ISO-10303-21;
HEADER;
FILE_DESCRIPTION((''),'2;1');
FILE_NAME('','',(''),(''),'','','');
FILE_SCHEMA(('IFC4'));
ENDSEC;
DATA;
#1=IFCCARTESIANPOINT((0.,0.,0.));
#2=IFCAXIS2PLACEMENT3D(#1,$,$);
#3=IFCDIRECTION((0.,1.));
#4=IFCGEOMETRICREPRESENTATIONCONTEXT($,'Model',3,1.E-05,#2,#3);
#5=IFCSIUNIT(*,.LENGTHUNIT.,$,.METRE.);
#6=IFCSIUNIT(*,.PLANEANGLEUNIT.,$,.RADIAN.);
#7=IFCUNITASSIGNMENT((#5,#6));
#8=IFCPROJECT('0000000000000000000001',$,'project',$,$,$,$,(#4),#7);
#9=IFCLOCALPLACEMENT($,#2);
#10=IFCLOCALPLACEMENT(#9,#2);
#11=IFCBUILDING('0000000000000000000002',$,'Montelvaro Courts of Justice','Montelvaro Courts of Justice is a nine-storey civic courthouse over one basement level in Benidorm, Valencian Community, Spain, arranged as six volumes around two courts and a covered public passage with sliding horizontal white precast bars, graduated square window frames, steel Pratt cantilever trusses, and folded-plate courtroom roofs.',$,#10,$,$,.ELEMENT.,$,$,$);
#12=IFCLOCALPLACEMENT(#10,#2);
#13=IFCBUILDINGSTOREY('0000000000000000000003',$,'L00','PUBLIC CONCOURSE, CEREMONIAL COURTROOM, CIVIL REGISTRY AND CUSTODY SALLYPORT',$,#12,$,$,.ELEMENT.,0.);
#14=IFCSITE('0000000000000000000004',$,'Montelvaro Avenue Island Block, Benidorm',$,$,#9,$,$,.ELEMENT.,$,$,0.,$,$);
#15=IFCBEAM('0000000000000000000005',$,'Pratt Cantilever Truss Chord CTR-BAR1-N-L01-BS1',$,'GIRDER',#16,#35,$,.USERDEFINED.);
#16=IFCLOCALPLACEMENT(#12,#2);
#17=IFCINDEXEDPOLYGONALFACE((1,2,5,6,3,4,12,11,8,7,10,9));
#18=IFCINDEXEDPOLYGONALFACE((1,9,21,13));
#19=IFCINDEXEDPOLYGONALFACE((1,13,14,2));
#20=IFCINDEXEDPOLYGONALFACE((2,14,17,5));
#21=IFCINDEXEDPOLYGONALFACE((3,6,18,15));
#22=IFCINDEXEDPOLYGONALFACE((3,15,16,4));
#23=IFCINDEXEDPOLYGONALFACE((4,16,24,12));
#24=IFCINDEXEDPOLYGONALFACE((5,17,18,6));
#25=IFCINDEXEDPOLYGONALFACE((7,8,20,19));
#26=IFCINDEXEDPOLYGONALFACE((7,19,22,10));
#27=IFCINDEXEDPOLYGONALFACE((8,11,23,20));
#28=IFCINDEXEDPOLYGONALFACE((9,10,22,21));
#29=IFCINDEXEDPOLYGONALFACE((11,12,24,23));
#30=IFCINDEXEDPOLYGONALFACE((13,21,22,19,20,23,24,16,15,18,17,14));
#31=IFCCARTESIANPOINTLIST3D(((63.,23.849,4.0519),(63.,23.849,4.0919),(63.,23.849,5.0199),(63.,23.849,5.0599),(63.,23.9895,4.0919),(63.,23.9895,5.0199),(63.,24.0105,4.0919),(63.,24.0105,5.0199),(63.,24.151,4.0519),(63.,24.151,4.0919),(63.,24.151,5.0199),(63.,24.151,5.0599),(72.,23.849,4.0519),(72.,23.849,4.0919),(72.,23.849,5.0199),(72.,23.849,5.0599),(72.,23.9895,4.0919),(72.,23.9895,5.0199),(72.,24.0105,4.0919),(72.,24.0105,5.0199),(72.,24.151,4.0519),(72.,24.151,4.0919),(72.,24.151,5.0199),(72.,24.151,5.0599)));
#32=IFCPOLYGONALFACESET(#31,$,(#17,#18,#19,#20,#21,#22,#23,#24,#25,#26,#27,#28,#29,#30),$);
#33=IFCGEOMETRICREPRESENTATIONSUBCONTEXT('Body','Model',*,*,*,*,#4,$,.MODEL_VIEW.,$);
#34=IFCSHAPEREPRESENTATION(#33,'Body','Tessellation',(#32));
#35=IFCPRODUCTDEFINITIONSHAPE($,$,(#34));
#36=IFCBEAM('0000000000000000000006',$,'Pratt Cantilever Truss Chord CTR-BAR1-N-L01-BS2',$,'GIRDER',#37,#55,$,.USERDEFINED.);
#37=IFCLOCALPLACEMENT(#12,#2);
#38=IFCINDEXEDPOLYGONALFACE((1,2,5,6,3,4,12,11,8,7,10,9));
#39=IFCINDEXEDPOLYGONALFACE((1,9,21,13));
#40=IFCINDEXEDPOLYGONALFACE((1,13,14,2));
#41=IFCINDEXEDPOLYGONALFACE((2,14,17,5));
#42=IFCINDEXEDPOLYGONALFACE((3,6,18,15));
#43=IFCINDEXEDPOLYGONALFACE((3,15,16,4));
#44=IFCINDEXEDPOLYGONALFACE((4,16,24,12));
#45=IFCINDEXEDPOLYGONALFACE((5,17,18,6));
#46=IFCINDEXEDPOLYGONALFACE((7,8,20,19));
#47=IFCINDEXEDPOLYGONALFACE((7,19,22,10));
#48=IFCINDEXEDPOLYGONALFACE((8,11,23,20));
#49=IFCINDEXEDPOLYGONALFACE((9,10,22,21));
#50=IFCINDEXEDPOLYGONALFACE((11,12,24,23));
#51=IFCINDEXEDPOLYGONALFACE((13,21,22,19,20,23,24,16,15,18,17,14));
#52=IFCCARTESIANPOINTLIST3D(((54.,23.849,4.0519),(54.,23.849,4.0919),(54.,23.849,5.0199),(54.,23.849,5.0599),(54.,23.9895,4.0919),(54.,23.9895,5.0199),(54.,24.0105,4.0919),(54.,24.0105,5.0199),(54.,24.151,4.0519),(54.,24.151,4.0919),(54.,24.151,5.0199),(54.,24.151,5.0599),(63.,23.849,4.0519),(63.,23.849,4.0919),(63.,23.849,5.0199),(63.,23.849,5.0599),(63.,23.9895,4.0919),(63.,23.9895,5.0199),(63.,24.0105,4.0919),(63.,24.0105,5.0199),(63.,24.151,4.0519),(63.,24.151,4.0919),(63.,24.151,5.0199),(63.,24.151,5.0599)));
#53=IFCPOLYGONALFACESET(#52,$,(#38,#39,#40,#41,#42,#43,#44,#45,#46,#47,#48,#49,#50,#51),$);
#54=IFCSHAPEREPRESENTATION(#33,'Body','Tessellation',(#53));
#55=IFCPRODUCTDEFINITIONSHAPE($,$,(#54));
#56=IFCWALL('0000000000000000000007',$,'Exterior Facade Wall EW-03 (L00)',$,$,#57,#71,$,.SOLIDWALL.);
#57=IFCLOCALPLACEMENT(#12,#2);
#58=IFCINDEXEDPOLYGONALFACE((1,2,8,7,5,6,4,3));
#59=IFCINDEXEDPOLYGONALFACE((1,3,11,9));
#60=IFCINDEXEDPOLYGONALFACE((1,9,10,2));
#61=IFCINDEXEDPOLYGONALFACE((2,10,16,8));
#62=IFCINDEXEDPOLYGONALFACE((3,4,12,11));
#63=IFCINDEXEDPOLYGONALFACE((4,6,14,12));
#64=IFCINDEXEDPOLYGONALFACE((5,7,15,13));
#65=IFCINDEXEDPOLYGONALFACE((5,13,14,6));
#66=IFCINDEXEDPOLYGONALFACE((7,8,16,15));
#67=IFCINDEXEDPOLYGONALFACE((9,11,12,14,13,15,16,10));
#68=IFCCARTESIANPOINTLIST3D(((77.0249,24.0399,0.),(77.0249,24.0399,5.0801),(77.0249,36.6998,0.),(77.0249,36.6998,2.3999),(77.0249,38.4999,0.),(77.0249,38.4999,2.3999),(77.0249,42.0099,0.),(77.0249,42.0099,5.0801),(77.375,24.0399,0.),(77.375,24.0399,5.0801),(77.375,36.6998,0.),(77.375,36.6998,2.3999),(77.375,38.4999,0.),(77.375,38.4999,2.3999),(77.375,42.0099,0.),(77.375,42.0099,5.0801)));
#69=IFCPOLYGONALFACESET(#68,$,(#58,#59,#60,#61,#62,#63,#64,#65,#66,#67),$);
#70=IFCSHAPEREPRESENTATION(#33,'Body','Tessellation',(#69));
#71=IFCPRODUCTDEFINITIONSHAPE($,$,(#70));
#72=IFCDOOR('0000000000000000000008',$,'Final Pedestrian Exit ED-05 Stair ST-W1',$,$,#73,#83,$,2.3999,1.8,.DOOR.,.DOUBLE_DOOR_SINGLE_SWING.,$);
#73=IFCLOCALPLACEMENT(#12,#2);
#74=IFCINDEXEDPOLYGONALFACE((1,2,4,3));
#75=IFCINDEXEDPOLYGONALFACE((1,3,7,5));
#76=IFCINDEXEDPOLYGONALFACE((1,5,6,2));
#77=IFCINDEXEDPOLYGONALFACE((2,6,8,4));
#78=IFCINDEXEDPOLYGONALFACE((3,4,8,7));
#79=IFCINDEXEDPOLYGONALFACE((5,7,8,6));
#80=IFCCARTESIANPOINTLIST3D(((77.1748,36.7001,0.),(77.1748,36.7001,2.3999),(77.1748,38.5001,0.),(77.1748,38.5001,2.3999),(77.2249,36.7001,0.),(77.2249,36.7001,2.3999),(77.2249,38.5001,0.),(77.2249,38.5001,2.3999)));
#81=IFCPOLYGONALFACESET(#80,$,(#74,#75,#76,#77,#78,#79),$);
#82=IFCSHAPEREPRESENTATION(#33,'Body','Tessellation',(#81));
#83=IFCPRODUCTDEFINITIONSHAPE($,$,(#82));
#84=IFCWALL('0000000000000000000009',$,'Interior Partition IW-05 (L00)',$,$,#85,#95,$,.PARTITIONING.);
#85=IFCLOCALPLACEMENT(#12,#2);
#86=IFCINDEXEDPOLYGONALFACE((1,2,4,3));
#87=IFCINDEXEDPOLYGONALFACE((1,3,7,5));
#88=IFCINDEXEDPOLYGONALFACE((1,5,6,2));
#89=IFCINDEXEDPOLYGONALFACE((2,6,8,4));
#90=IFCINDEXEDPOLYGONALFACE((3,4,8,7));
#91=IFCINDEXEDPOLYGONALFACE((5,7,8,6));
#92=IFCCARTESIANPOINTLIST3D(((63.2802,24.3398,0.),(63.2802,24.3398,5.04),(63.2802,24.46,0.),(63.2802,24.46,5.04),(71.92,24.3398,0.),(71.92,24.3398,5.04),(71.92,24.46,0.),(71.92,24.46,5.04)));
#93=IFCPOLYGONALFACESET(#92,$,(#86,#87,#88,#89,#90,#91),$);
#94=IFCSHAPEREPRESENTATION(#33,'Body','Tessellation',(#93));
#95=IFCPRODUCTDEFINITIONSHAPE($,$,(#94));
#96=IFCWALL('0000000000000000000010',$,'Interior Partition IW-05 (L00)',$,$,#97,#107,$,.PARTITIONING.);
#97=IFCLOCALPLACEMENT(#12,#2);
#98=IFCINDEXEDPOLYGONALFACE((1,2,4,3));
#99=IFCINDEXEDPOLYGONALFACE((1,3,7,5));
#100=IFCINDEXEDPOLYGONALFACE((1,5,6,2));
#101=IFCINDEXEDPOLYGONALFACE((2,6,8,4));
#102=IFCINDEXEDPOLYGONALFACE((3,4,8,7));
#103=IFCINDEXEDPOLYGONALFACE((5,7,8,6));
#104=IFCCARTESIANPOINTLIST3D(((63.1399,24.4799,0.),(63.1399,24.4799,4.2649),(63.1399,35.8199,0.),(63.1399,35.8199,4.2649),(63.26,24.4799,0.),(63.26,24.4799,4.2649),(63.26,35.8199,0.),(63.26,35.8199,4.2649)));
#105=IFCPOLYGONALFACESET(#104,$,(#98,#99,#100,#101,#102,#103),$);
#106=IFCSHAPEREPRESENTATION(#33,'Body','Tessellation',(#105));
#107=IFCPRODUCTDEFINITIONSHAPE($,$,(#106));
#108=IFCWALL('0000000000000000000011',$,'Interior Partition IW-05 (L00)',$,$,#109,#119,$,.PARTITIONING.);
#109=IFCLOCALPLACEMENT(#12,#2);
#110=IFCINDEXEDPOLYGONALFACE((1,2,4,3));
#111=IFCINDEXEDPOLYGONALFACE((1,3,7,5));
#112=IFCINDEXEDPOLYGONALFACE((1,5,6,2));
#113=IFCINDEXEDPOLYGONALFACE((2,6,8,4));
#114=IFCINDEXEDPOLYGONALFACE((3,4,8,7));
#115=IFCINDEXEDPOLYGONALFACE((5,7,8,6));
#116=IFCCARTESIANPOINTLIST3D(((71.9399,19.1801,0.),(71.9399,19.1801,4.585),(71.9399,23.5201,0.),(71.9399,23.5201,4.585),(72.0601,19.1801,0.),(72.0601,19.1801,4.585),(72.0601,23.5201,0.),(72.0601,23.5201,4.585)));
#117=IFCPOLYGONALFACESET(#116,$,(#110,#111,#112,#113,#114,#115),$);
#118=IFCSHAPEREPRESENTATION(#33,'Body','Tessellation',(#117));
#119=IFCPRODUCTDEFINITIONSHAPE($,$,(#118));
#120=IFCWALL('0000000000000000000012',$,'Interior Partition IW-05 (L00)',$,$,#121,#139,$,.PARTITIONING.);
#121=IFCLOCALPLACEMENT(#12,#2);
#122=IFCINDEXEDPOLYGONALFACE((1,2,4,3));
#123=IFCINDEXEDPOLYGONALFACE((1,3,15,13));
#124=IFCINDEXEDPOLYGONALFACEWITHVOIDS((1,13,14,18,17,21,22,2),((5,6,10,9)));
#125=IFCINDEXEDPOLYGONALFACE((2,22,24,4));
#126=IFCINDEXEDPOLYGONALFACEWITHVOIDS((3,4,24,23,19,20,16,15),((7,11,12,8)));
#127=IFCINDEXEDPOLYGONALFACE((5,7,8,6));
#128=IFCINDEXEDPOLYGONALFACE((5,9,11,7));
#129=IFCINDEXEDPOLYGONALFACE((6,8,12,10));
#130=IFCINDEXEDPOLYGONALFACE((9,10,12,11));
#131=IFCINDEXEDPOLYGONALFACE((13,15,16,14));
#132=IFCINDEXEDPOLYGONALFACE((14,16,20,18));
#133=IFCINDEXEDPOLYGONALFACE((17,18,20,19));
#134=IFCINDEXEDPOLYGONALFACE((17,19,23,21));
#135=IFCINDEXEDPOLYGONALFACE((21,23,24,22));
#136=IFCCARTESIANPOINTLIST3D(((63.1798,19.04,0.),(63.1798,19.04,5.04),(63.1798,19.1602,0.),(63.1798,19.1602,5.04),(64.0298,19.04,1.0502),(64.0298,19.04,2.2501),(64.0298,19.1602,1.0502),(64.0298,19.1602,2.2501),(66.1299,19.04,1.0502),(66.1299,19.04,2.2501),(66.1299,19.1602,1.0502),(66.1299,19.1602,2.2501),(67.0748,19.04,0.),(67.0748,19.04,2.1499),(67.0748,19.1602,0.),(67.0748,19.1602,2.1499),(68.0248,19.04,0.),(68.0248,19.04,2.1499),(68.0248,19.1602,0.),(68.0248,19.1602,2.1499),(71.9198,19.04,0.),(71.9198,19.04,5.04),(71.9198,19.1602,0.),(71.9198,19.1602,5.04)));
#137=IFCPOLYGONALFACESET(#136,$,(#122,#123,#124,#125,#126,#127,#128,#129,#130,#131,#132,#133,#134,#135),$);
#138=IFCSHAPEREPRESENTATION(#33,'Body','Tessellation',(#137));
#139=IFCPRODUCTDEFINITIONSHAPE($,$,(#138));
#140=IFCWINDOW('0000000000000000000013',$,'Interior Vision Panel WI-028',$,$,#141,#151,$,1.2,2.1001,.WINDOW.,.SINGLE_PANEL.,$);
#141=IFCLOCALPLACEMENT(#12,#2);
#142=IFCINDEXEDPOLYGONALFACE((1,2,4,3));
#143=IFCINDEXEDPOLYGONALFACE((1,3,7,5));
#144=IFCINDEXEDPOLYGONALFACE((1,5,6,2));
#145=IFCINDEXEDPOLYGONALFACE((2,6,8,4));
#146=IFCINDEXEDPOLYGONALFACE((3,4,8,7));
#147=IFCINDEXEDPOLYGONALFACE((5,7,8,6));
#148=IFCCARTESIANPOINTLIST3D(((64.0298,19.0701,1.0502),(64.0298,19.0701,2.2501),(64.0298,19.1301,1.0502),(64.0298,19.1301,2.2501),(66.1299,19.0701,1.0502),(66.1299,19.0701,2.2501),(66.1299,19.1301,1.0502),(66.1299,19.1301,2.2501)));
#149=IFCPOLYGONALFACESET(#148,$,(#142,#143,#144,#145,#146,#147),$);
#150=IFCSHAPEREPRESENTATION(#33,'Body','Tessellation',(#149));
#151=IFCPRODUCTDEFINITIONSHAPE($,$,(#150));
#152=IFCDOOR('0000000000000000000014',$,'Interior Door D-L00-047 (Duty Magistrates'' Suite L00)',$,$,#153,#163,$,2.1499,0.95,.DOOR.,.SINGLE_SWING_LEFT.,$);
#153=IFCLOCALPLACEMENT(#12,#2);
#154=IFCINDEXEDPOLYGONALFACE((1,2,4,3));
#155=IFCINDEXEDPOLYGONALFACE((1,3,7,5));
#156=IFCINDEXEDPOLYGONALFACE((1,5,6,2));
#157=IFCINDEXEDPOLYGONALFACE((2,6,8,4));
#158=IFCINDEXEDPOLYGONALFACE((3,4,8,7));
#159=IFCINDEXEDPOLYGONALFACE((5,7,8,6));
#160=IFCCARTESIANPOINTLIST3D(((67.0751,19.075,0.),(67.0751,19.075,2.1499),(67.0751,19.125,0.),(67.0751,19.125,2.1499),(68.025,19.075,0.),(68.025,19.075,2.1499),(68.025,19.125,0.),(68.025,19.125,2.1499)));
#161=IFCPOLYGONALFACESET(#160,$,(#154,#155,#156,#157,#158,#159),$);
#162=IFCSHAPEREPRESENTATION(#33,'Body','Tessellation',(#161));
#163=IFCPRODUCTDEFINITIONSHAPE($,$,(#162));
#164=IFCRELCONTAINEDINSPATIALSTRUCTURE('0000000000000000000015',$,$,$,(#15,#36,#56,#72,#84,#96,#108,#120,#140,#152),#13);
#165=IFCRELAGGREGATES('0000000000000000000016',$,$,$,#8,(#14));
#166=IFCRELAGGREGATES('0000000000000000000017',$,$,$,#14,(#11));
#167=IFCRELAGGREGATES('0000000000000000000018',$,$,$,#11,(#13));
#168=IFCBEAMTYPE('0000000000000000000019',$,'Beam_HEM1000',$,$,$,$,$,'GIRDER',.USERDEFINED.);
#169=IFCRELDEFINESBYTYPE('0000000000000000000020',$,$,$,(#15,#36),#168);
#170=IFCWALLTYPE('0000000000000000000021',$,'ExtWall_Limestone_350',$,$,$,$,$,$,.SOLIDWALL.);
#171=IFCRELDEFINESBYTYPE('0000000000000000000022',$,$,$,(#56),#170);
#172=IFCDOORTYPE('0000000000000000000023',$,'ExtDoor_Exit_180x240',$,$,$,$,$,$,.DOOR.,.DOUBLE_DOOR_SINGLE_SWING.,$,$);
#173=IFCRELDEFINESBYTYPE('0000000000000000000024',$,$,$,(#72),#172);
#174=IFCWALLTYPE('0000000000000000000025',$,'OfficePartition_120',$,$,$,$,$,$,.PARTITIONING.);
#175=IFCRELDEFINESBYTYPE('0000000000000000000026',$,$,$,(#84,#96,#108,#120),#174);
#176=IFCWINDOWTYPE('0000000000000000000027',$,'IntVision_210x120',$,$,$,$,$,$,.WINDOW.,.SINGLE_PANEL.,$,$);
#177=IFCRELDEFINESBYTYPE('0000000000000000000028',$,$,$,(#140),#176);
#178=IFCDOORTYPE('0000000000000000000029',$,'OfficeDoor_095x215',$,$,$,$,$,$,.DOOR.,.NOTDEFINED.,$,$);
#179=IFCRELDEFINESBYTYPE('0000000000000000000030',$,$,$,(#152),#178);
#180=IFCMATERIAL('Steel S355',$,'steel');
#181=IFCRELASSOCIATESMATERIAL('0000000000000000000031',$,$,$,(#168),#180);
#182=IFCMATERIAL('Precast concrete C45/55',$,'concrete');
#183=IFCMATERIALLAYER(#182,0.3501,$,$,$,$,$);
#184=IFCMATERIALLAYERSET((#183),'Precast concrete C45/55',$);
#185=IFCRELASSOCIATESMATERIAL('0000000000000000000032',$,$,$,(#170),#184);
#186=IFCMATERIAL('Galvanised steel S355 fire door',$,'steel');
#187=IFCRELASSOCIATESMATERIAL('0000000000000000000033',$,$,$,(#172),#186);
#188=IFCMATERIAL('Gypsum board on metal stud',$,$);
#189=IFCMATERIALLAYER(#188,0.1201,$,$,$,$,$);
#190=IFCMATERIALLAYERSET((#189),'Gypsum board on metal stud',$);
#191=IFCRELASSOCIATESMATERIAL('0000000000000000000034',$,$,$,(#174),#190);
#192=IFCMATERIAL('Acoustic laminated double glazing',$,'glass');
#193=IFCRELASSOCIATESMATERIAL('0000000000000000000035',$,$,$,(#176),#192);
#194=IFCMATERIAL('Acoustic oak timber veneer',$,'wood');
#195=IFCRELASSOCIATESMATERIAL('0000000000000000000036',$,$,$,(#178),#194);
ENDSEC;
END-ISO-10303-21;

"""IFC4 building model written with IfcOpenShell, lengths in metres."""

from ifc_helpers import new_model, si_unit, direction, frame, frame_2d, origin, origin_2d, place, context, subcontext, project, spatial, rectangle, i_section, extrude, material, layer, layer_set, material_profile, profile_set, type_object, element, fill, save


model = new_model("IFC4")

# Units and contexts
model_context = context("Model", 3, precision=1e-05, world=origin(), true_north=direction((0.0, 1.0)))
body_context = subcontext(model_context, "Body", "Model", "MODEL_VIEW")
ifc_project = project(units=[si_unit("LENGTHUNIT", "METRE"), si_unit("PLANEANGLEUNIT", "RADIAN")], contexts=[model_context])

# Site, building, storey
site_placement = place(None, origin())
site = spatial("IfcSite", under=ifc_project, at=site_placement, Name="Montelvaro Avenue Island Block, Benidorm", CompositionType="ELEMENT", RefElevation=0.0)
building_placement = place(site_placement, origin())
building = spatial("IfcBuilding", under=site, at=building_placement, Name="Montelvaro Courts of Justice", Description="Montelvaro Courts of Justice is a nine-storey civic courthouse over one basement level in Benidorm, Valencian Community, Spain, arranged as six volumes around two courts and a covered public passage with sliding horizontal white precast bars, graduated square window frames, steel Pratt cantilever trusses, and folded-plate courtroom roofs.", CompositionType="ELEMENT")
storey_placement = place(building_placement, origin())
storey = spatial("IfcBuildingStorey", under=building, at=storey_placement, Name="L00", Description="PUBLIC CONCOURSE, CEREMONIAL COURTROOM, CIVIL REGISTRY AND CUSTODY SALLYPORT", CompositionType="ELEMENT", Elevation=0.0)

# Shared definitions
ifc_material_1 = material(Name="Steel S355", Category="steel")

# Beams
ifc_material_profile_1 = material_profile(ifc_material_1, i_section(OverallWidth=0.302, OverallDepth=1.0081, WebThickness=0.021, FlangeThickness=0.04, at=origin_2d()), Name="HEM 1000")
ifc_profile_set_1 = profile_set([ifc_material_profile_1], Name="Steel S355")
beam_type_1 = type_object("IfcBeamType", Name="Beam_HEM1000", ElementType="GIRDER", PredefinedType="USERDEFINED", material=ifc_profile_set_1)
for number, where, z_axis, x_axis, name in (
    (1, (72.0, 24.0, 4.5559), (-1.0, 0.0, 0.0), (0.0, -1.0, 0.0), "Pratt Cantilever Truss Chord CTR-BAR1-N-L01-BS1"),
    (2, (63.0, 24.0, 4.5559), (-1.0, 0.0, 0.0), (0.0, -1.0, 0.0), "Pratt Cantilever Truss Chord CTR-BAR1-N-L01-BS2"),
):
    element("IfcBeam", number, at=place(storey_placement, frame(where, z_axis=z_axis, x_axis=x_axis)), inside=storey, type_object=beam_type_1, Name=name, ObjectType="GIRDER", PredefinedType="USERDEFINED", context=body_context, shape_type="SweptSolid", body=[
        extrude(i_section(OverallWidth=0.302, OverallDepth=1.0081, WebThickness=0.021, FlangeThickness=0.04, at=origin_2d()), origin(), (0.0, 0.0, 1.0), 9.0),
    ])

# Wall, opening, door
ifc_material_2 = material(Name="Precast concrete C45/55", Category="concrete")
ifc_layer_1 = layer(ifc_material_2, 0.3501)
ifc_layer_set_1 = layer_set([ifc_layer_1], Name="Precast concrete C45/55")
wall_type_1 = type_object("IfcWallType", Name="ExtWall_Limestone_350", PredefinedType="SOLIDWALL", material=ifc_layer_set_1)
wall_1_placement = place(storey_placement, frame((77.2, 24.04, 0.0), z_axis=(0.0, 0.0, 1.0), x_axis=(0.0, 1.0, 0.0)))
wall_1 = element("IfcWall", 3, at=wall_1_placement, inside=storey, type_object=wall_type_1, Name="Exterior Facade Wall EW-03 (L00)", PredefinedType="SOLIDWALL", context=body_context, shape_type="SweptSolid", body=[
    extrude(rectangle(XDim=17.97, YDim=0.3501, at=frame_2d((8.9849, 0.0))), origin(), (0.0, 0.0, 1.0), 5.0801),
])
opening_1_placement = place(wall_1_placement, frame((12.6599, 0.0, 0.0)))
opening_1 = element("IfcOpeningElement", 4, at=opening_1_placement, cuts=wall_1, PredefinedType="OPENING", context=body_context, shape_type="SweptSolid", body=[
    extrude(rectangle(XDim=1.8, YDim=2.3999, at=frame_2d((0.8999, 1.2))), frame((0.0, 0.1899, 0.0), z_axis=(0.0, -1.0, 0.0), x_axis=(1.0, 0.0, 0.0)), (0.0, 0.0, 1.0), 0.3799),
])
ifc_material_3 = material(Name="Galvanised steel S355 fire door", Category="steel")
door_type_1 = type_object("IfcDoorType", Name="ExtDoor_Exit_180x240", OperationType="DOUBLE_DOOR_SINGLE_SWING", PredefinedType="DOOR", material=ifc_material_3)
door_1_placement = place(opening_1_placement, frame((1.8, 0.0, 0.0), z_axis=(0.0, 0.0, 1.0), x_axis=(-1.0, 0.0, 0.0)))
door_1 = element("IfcDoor", 5, at=door_1_placement, inside=storey, type_object=door_type_1, Name="Final Pedestrian Exit ED-05 Stair ST-W1", OperationType="DOUBLE_DOOR_SINGLE_SWING", OverallHeight=2.3999, OverallWidth=1.8, PredefinedType="DOOR", context=body_context, shape_type="SweptSolid", body=[
    extrude(rectangle(XDim=1.8, YDim=2.3999, at=frame_2d((0.8999, 1.2))), frame((0.0, 0.0249, 0.0), z_axis=(0.0, -1.0, 0.0), x_axis=(1.0, 0.0, 0.0)), (0.0, 0.0, 1.0), 0.05),
])
fill(opening_1, door_1)

# Walls
ifc_material_4 = material(Name="Gypsum board on metal stud")
ifc_layer_2 = layer(ifc_material_4, 0.1201)
ifc_layer_set_2 = layer_set([ifc_layer_2], Name="Gypsum board on metal stud")
wall_type_2 = type_object("IfcWallType", Name="OfficePartition_120", PredefinedType="PARTITIONING", material=ifc_layer_set_2)
wall_2_placement = place(storey_placement, frame((71.9199, 24.3999, 0.0), z_axis=(0.0, 0.0, 1.0), x_axis=(-1.0, 0.0, 0.0)))
element("IfcWall", 6, at=wall_2_placement, inside=storey, type_object=wall_type_2, Name="Interior Partition IW-05 (L00)", PredefinedType="PARTITIONING", context=body_context, shape_type="SweptSolid", body=[
    extrude(rectangle(XDim=8.6399, YDim=0.1201, at=frame_2d((4.3198, 0.0))), origin(), (0.0, 0.0, 1.0), 5.04),
])
wall_3_placement = place(storey_placement, frame((63.2, 24.48, 0.0), z_axis=(0.0, 0.0, 1.0), x_axis=(0.0, 1.0, 0.0)))
element("IfcWall", 7, at=wall_3_placement, inside=storey, type_object=wall_type_2, Name="Interior Partition IW-05 (L00)", PredefinedType="PARTITIONING", context=body_context, shape_type="SweptSolid", body=[
    extrude(rectangle(XDim=11.3401, YDim=0.1201, at=frame_2d((5.6699, 0.0))), origin(), (0.0, 0.0, 1.0), 4.2649),
])
wall_4_placement = place(storey_placement, frame((72.0, 23.52, 0.0), z_axis=(0.0, 0.0, 1.0), x_axis=(0.0, -1.0, 0.0)))
element("IfcWall", 8, at=wall_4_placement, inside=storey, type_object=wall_type_2, Name="Interior Partition IW-05 (L00)", PredefinedType="PARTITIONING", context=body_context, shape_type="SweptSolid", body=[
    extrude(rectangle(XDim=4.3401, YDim=0.1201, at=frame_2d((2.1699, 0.0))), origin(), (0.0, 0.0, 1.0), 4.585),
])

# Wall, openings, window, door
wall_5_placement = place(storey_placement, frame((71.9199, 19.1001, 0.0), z_axis=(0.0, 0.0, 1.0), x_axis=(-1.0, 0.0, 0.0)))
wall_5 = element("IfcWall", 9, at=wall_5_placement, inside=storey, type_object=wall_type_2, Name="Interior Partition IW-05 (L00)", PredefinedType="PARTITIONING", context=body_context, shape_type="SweptSolid", body=[
    extrude(rectangle(XDim=8.74, YDim=0.1201, at=frame_2d((4.3701, 0.0))), origin(), (0.0, 0.0, 1.0), 5.04),
])
opening_2_placement = place(wall_5_placement, frame((3.895, 0.0, 0.0)))
opening_2 = element("IfcOpeningElement", 10, at=opening_2_placement, cuts=wall_5, PredefinedType="OPENING", context=body_context, shape_type="SweptSolid", body=[
    extrude(rectangle(XDim=0.95, YDim=2.1499, at=frame_2d((0.4751, 1.075))), frame((0.0, 0.075, 0.0), z_axis=(0.0, -1.0, 0.0), x_axis=(1.0, 0.0, 0.0)), (0.0, 0.0, 1.0), 0.1499),
])
opening_3_placement = place(wall_5_placement, frame((5.79, 0.0, 1.05)))
opening_3 = element("IfcOpeningElement", 11, at=opening_3_placement, cuts=wall_5, PredefinedType="OPENING", context=body_context, shape_type="SweptSolid", body=[
    extrude(rectangle(XDim=2.1001, YDim=1.2, at=frame_2d((1.05, 0.6001))), frame((0.0, 0.075, 0.0), z_axis=(0.0, -1.0, 0.0), x_axis=(1.0, 0.0, 0.0)), (0.0, 0.0, 1.0), 0.1499),
])
ifc_material_5 = material(Name="Acoustic laminated double glazing", Category="glass")
window_type = type_object("IfcWindowType", Name="IntVision_210x120", PartitioningType="SINGLE_PANEL", PredefinedType="WINDOW", material=ifc_material_5)
window_placement = place(opening_3_placement, origin())
window = element("IfcWindow", 12, at=window_placement, inside=storey, type_object=window_type, Name="Interior Vision Panel WI-028", OverallHeight=1.2, OverallWidth=2.1001, PartitioningType="SINGLE_PANEL", PredefinedType="WINDOW", context=body_context, shape_type="SweptSolid", body=[
    extrude(rectangle(XDim=2.1001, YDim=1.2, at=frame_2d((1.05, 0.6001))), frame((0.0, 0.03, 0.0), z_axis=(0.0, -1.0, 0.0), x_axis=(1.0, 0.0, 0.0)), (0.0, 0.0, 1.0), 0.0601),
])
fill(opening_3, window)
ifc_material_6 = material(Name="Acoustic oak timber veneer", Category="wood")
door_type_2 = type_object("IfcDoorType", Name="OfficeDoor_095x215", OperationType="NOTDEFINED", PredefinedType="DOOR", material=ifc_material_6)
door_2_placement = place(opening_2_placement, frame((0.95, 0.0, 0.0), z_axis=(0.0, 0.0, 1.0), x_axis=(-1.0, 0.0, 0.0)))
door_2 = element("IfcDoor", 13, at=door_2_placement, inside=storey, type_object=door_type_2, Name="Interior Door D-L00-047 (Duty Magistrates' Suite L00)", OperationType="SINGLE_SWING_LEFT", OverallHeight=2.1499, OverallWidth=0.95, PredefinedType="DOOR", context=body_context, shape_type="SweptSolid", body=[
    extrude(rectangle(XDim=0.95, YDim=2.1499, at=frame_2d((0.4751, 1.075))), frame((0.0, 0.0249, 0.0), z_axis=(0.0, -1.0, 0.0), x_axis=(1.0, 0.0, 0.0)), (0.0, 0.0, 1.0), 0.05),
])
fill(opening_2, door_2)

save(model, "model.ifc")
